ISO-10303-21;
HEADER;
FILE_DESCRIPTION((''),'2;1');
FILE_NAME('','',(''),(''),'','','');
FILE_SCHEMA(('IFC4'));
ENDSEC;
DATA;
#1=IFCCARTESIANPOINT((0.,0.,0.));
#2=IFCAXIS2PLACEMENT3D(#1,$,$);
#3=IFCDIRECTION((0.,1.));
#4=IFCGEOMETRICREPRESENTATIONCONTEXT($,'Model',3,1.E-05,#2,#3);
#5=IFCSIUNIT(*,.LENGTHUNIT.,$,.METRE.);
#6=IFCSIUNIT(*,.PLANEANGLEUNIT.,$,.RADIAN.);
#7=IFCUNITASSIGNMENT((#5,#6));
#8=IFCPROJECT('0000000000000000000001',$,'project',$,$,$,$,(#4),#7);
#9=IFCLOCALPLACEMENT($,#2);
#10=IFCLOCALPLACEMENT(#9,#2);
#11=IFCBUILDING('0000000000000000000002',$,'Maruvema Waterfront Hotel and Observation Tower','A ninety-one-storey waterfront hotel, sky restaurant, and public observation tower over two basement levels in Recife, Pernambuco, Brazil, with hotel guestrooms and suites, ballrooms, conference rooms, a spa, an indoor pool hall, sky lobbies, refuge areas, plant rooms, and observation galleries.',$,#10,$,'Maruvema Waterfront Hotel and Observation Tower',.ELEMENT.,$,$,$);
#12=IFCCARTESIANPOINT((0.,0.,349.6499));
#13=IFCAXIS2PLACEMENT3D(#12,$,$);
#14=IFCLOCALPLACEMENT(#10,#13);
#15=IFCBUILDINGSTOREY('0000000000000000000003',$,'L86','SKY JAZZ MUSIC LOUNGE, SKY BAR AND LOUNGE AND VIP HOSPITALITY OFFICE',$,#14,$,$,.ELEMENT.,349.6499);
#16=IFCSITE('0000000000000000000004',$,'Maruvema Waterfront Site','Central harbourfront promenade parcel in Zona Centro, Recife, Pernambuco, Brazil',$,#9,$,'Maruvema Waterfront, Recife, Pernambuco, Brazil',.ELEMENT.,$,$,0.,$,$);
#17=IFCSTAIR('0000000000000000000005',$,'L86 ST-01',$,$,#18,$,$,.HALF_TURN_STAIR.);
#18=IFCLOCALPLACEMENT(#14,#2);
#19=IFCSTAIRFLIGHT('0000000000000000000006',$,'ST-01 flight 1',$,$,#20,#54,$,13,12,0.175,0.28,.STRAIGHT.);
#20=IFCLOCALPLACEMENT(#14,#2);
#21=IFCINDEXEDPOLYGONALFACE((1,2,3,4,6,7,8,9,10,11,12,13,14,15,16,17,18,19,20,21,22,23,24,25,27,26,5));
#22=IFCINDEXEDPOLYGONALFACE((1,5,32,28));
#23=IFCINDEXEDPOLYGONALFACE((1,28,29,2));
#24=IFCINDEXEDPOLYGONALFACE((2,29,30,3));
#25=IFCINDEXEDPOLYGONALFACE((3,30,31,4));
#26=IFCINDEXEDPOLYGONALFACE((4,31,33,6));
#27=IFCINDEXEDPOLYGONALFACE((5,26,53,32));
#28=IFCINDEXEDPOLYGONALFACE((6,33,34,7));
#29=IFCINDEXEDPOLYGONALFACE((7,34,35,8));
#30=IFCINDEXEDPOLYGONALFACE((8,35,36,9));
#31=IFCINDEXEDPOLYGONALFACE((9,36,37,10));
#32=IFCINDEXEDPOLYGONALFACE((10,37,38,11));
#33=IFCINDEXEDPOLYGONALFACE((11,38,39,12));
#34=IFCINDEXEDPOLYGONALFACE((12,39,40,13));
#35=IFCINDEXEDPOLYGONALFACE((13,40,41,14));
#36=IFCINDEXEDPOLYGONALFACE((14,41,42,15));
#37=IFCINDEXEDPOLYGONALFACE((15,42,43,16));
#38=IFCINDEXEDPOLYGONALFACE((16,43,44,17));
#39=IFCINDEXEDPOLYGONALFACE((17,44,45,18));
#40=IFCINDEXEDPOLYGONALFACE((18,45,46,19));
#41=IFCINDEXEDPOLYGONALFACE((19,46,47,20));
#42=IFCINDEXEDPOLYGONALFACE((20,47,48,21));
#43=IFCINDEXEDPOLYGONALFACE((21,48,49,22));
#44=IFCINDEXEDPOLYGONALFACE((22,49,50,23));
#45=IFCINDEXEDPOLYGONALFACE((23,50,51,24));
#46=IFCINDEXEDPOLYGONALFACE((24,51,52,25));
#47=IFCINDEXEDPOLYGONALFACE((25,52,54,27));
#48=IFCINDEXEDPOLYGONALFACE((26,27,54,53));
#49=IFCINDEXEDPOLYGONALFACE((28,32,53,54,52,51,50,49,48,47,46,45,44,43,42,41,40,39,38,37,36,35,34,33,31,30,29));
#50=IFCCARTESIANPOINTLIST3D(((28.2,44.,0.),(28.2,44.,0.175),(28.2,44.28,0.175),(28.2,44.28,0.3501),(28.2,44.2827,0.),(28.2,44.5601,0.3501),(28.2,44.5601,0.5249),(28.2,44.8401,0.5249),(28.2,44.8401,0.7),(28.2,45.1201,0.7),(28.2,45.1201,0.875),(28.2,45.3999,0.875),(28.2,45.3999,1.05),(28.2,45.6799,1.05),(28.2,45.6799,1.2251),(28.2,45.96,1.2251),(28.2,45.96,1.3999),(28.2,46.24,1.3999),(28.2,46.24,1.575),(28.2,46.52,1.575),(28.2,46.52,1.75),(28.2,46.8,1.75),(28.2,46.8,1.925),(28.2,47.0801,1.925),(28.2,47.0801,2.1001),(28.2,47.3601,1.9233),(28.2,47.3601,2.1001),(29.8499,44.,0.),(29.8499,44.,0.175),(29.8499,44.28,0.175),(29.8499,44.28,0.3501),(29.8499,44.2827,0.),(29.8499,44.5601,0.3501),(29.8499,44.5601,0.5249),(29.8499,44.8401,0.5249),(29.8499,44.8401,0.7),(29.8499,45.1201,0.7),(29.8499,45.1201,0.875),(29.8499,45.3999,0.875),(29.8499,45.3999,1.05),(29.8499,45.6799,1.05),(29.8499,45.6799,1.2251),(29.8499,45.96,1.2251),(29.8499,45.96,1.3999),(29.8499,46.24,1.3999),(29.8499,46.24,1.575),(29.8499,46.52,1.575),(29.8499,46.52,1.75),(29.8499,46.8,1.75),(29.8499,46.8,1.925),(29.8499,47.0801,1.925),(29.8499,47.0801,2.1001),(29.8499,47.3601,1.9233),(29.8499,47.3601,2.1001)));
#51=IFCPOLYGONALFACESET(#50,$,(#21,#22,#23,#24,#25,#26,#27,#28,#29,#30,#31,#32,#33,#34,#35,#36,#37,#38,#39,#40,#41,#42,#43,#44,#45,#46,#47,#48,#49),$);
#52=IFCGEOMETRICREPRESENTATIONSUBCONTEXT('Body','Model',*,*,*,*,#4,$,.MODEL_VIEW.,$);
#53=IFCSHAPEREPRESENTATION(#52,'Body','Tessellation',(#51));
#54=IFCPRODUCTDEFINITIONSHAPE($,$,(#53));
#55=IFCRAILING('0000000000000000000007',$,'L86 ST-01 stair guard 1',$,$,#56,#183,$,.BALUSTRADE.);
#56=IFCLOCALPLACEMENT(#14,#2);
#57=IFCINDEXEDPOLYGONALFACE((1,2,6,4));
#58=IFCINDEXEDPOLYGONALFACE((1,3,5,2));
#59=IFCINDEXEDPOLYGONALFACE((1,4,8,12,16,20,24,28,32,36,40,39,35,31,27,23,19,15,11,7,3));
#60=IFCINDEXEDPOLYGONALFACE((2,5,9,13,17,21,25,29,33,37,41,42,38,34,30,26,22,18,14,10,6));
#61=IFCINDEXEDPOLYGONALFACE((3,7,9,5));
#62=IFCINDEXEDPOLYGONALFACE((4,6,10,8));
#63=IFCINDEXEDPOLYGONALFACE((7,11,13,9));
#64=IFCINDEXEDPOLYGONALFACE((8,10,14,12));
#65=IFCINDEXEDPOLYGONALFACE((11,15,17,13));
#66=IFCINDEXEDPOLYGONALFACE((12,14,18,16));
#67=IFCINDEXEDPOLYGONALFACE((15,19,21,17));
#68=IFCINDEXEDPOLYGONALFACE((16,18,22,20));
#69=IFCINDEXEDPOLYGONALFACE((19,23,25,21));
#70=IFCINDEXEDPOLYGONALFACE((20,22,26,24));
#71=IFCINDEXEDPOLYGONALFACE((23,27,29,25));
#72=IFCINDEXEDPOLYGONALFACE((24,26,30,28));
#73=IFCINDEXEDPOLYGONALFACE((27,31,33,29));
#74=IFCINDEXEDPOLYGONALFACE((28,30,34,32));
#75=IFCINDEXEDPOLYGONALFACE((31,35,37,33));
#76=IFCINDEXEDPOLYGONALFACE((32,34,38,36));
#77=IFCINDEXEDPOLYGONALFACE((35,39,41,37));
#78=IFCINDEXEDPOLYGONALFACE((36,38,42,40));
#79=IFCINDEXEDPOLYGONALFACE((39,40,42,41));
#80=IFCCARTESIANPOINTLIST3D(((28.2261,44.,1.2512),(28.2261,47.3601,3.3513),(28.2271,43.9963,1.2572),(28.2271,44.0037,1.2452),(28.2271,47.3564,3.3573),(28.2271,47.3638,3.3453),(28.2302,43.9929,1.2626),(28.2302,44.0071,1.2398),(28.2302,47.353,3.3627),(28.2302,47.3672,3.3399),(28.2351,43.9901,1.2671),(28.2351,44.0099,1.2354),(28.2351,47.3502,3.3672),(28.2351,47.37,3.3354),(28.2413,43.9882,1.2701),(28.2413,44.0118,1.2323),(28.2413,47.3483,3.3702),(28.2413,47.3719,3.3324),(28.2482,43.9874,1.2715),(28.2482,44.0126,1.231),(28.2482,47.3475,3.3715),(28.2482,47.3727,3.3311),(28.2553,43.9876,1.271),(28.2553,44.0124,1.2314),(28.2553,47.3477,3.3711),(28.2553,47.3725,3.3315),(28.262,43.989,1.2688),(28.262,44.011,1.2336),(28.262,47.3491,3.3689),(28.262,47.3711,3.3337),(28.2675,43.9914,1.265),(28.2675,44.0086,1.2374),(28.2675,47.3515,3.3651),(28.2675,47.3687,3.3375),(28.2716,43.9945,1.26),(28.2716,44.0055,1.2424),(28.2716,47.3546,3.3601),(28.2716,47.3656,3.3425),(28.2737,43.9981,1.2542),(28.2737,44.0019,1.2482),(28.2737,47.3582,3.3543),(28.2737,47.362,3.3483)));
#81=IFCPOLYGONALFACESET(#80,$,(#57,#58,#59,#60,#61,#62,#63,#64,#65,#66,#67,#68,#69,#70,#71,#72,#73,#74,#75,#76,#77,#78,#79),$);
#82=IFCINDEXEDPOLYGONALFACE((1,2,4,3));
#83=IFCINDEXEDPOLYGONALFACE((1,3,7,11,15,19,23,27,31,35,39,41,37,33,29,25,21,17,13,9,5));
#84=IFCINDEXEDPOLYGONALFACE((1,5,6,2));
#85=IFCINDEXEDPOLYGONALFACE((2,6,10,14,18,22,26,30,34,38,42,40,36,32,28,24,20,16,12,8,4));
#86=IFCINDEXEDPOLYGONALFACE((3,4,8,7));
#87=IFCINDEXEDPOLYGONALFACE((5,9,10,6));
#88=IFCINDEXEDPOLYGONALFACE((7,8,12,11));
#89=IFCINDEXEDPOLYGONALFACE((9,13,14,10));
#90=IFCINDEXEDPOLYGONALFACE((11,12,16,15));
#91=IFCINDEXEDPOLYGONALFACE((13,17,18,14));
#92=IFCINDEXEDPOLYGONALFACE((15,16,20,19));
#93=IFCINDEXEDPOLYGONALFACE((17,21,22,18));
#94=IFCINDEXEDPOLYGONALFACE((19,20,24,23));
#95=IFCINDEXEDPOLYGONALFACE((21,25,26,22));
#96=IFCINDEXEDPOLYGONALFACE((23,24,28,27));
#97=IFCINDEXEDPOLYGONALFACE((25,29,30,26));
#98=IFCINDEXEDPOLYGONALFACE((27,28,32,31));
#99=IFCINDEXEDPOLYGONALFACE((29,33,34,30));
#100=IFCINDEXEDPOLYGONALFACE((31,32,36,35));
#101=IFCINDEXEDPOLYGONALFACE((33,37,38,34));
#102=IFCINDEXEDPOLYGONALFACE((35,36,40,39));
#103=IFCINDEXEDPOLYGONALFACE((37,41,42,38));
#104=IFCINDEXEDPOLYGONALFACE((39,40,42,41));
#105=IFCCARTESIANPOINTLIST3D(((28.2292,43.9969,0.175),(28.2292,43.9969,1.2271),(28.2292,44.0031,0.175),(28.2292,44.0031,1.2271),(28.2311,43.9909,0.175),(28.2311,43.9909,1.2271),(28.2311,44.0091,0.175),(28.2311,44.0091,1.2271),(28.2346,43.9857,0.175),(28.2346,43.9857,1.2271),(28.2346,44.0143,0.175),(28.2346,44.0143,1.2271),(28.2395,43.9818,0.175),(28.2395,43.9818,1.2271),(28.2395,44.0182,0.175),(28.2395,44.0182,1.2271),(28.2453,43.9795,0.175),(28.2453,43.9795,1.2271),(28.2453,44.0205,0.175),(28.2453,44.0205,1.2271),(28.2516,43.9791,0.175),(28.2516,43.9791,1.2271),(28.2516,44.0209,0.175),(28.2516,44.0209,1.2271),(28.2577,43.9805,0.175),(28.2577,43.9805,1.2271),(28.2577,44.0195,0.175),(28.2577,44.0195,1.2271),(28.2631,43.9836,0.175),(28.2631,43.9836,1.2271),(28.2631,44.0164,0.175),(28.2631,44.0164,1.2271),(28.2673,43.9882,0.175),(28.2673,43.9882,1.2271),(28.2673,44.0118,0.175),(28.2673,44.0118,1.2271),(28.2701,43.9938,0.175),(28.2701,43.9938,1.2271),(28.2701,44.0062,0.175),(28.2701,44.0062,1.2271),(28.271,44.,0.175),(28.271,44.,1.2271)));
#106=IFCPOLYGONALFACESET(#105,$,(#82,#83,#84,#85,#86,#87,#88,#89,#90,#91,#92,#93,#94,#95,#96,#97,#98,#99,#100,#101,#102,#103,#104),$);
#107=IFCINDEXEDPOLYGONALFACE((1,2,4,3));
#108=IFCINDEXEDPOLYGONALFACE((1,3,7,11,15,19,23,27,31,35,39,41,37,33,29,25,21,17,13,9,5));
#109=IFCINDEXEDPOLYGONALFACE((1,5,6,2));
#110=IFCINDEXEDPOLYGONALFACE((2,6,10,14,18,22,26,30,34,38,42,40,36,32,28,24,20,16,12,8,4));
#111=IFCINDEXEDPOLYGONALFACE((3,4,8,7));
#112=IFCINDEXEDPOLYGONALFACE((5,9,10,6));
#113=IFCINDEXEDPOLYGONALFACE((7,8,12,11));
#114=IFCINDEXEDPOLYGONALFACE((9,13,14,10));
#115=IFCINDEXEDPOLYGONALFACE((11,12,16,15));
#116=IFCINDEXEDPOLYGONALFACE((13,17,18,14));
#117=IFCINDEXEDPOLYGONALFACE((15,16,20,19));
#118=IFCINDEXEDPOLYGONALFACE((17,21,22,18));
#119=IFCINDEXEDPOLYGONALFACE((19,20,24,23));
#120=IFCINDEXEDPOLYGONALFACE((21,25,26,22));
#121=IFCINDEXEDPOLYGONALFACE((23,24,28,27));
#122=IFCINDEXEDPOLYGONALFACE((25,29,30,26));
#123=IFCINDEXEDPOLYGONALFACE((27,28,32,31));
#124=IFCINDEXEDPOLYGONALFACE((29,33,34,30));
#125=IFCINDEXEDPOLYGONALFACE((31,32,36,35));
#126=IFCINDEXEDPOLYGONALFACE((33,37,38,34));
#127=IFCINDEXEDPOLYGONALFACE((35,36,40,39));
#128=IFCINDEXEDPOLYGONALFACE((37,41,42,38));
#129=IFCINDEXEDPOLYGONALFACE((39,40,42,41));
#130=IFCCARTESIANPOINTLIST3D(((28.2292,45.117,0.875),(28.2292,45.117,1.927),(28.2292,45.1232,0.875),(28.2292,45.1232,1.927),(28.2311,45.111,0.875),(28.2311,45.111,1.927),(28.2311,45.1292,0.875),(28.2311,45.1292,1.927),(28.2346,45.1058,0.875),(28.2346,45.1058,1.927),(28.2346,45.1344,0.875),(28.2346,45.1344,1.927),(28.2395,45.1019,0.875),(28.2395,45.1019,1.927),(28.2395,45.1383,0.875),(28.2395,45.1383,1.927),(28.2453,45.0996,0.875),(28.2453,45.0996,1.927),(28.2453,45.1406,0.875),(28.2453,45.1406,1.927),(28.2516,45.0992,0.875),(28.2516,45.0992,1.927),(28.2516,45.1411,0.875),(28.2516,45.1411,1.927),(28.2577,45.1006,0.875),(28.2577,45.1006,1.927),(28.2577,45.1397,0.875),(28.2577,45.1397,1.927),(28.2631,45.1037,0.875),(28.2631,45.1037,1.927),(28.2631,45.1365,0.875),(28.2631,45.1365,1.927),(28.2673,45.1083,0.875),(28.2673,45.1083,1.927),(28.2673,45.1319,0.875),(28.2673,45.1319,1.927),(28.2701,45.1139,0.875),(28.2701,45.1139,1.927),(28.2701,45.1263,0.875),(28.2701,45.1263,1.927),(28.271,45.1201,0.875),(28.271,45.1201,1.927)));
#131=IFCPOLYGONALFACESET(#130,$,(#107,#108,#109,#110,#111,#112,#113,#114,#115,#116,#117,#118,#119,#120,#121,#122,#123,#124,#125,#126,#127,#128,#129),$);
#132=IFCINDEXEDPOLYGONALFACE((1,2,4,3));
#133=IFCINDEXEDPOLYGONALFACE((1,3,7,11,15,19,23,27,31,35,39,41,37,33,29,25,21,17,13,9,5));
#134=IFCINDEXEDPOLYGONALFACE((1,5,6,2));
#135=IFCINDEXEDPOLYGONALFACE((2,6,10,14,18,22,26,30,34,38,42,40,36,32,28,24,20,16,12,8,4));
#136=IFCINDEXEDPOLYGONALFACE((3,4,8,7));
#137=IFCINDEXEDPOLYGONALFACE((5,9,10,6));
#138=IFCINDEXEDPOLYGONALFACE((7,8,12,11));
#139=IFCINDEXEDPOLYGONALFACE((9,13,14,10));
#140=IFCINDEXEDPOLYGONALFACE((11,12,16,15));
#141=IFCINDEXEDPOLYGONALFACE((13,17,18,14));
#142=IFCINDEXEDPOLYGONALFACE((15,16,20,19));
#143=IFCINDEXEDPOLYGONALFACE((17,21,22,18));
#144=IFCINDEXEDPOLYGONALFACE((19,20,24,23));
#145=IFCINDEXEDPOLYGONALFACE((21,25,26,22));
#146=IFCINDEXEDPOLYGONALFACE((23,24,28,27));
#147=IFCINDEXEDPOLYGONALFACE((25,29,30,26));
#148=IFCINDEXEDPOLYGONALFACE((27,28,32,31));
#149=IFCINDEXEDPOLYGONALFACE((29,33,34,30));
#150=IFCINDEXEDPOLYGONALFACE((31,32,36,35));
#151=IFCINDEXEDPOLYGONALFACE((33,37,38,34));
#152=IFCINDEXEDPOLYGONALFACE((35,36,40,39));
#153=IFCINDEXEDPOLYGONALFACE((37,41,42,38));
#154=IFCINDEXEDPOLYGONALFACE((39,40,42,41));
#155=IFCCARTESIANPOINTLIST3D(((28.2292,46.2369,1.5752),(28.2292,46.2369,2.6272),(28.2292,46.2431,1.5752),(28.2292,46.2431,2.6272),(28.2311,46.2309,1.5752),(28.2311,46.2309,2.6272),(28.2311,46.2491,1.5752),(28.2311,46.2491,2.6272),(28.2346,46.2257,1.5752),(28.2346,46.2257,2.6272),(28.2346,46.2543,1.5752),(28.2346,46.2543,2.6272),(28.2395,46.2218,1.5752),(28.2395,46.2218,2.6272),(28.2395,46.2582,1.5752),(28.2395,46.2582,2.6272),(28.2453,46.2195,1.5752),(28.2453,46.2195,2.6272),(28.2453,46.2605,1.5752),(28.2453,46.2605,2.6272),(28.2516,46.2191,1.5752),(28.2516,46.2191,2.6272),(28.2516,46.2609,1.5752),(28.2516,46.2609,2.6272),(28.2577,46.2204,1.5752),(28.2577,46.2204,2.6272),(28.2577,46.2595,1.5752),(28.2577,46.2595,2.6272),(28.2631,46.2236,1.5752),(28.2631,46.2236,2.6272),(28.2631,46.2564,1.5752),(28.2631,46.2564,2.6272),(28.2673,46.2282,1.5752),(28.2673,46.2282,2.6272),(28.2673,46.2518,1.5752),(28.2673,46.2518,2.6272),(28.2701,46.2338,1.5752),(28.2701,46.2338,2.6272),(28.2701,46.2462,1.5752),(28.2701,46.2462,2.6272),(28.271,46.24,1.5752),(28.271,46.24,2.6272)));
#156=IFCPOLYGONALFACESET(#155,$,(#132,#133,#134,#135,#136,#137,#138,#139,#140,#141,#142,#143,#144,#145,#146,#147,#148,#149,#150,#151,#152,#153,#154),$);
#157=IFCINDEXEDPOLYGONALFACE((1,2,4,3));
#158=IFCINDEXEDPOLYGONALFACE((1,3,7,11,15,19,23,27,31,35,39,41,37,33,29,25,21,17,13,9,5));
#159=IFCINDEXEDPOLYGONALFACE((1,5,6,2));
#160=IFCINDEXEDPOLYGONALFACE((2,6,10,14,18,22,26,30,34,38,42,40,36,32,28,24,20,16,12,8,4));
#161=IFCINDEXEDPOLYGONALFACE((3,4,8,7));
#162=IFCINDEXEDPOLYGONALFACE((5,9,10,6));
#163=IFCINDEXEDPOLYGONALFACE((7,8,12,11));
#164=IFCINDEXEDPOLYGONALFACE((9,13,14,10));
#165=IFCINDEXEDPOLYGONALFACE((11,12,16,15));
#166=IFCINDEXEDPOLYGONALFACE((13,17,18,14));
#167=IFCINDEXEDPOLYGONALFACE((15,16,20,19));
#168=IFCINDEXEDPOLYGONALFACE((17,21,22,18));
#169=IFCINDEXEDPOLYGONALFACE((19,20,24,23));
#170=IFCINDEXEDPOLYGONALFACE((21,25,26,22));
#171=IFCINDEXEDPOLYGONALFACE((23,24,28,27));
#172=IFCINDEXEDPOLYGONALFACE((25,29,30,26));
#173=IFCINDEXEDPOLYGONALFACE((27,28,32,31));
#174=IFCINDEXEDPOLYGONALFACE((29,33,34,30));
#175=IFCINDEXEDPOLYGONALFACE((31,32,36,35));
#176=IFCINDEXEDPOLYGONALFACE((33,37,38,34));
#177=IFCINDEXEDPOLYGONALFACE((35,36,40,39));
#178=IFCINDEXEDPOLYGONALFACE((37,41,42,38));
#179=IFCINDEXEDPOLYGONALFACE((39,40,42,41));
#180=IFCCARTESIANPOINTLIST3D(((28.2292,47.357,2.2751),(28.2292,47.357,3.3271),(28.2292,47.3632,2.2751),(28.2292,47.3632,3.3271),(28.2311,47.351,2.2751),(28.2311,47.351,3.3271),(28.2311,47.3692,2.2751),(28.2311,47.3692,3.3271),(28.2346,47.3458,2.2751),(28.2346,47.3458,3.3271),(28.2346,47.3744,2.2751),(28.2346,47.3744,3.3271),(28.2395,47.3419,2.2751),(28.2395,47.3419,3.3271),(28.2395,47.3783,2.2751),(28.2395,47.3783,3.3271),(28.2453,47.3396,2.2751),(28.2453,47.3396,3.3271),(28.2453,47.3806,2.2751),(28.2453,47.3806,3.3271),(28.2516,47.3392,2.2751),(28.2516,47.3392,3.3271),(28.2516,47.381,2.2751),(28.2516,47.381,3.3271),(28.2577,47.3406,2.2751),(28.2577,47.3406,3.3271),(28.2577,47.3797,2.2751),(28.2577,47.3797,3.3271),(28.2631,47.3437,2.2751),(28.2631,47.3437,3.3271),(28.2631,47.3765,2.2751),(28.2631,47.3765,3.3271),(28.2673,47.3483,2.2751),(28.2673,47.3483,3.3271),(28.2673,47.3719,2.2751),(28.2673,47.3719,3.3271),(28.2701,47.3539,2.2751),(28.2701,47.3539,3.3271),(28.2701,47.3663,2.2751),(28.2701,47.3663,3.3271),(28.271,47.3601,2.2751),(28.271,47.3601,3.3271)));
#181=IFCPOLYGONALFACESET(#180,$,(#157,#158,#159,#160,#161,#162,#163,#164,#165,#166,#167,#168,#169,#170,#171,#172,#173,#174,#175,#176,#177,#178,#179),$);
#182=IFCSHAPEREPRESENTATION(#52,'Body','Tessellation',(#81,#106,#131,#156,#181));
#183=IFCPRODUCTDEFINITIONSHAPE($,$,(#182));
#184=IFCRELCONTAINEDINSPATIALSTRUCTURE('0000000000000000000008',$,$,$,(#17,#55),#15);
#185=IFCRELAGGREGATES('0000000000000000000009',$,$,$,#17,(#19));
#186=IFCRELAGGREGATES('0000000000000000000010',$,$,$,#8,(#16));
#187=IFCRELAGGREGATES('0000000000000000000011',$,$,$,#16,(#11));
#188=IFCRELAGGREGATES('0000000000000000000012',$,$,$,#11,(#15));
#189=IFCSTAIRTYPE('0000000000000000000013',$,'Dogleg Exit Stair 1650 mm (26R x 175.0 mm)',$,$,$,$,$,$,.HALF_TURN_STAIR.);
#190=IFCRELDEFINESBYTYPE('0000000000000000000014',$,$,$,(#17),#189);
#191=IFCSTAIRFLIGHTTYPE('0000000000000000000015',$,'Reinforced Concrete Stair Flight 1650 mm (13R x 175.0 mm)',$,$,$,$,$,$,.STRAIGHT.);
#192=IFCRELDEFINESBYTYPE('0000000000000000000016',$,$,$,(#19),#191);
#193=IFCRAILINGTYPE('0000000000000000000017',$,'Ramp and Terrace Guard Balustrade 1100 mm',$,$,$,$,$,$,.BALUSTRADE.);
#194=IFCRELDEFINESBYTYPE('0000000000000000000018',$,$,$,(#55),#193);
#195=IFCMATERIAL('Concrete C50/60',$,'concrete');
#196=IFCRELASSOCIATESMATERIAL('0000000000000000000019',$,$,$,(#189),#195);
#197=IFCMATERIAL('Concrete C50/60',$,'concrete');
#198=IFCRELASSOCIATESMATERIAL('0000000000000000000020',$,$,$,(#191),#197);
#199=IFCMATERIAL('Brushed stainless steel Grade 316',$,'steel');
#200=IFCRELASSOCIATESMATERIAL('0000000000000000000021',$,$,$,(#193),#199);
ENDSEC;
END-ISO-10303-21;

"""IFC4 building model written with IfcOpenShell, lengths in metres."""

from ifc_helpers import new_model, si_unit, direction, frame, origin, origin_2d, place, context, subcontext, project, spatial, polyline, circle, outline, extrude, material, type_object, element, aggregate, save


model = new_model("IFC4")

# Units and contexts
model_context = context("Model", 3, precision=1e-05, world=origin(), true_north=direction((0.0, 1.0)))
body_context = subcontext(model_context, "Body", "Model", "MODEL_VIEW")
ifc_project = project(units=[si_unit("LENGTHUNIT", "METRE"), si_unit("PLANEANGLEUNIT", "RADIAN")], contexts=[model_context])

# Site, building, storey
site_placement = place(None, origin())
site = spatial("IfcSite", under=ifc_project, at=site_placement, Name="Maruvema Waterfront Site", Description="Central harbourfront promenade parcel in Zona Centro, Recife, Pernambuco, Brazil", LongName="Maruvema Waterfront, Recife, Pernambuco, Brazil", CompositionType="ELEMENT", RefElevation=0.0)
building_placement = place(site_placement, origin())
building = spatial("IfcBuilding", under=site, at=building_placement, Name="Maruvema Waterfront Hotel and Observation Tower", Description="A ninety-one-storey waterfront hotel, sky restaurant, and public observation tower over two basement levels in Recife, Pernambuco, Brazil, with hotel guestrooms and suites, ballrooms, conference rooms, a spa, an indoor pool hall, sky lobbies, refuge areas, plant rooms, and observation galleries.", LongName="Maruvema Waterfront Hotel and Observation Tower", CompositionType="ELEMENT")
storey_placement = place(building_placement, frame((0.0, 0.0, 349.6499)))
storey = spatial("IfcBuildingStorey", under=building, at=storey_placement, Name="L86", Description="SKY JAZZ MUSIC LOUNGE, SKY BAR AND LOUNGE AND VIP HOSPITALITY OFFICE", CompositionType="ELEMENT", Elevation=349.6499)

# Stair, stair flight
ifc_material_1 = material(Name="Concrete C50/60", Category="concrete")
stair_type = type_object("IfcStairType", Name="Dogleg Exit Stair 1650 mm (26R x 175.0 mm)", PredefinedType="HALF_TURN_STAIR", material=ifc_material_1)
stair_placement = place(storey_placement, origin())
stair = element("IfcStair", 1, at=stair_placement, inside=storey, type_object=stair_type, Name="L86 ST-01", PredefinedType="HALF_TURN_STAIR")
ifc_material_2 = material(Name="Concrete C50/60", Category="concrete")
stair_flight_type = type_object("IfcStairFlightType", Name="Reinforced Concrete Stair Flight 1650 mm (13R x 175.0 mm)", PredefinedType="STRAIGHT", material=ifc_material_2)
stair_flight_placement = place(storey_placement, frame((29.0249, 44.0, 0.0), z_axis=(0.0, 0.0, 1.0), x_axis=(0.0, 1.0, 0.0)))
stair_flight = element("IfcStairFlight", 2, at=stair_flight_placement, type_object=stair_flight_type, Name="ST-01 flight 1", NumberOfRisers=13, NumberOfTreads=12, PredefinedType="STRAIGHT", RiserHeight=0.175, TreadLength=0.28, context=body_context, shape_type="SweptSolid", body=[
    extrude(outline(polyline([(0.0, 0.0), (0.0, 0.175), (0.28, 0.175), (0.28, 0.3501), (0.5601, 0.3501), (0.5601, 0.5249), (0.8401, 0.5249), (0.8401, 0.7), (1.1201, 0.7), (1.1201, 0.875), (1.3999, 0.875), (1.3999, 1.05), (1.6799, 1.05), (1.6799, 1.2251), (1.96, 1.2251), (1.96, 1.3999), (2.24, 1.3999), (2.24, 1.575), (2.52, 1.575), (2.52, 1.75), (2.8, 1.75), (2.8, 1.925), (3.0801, 1.925), (3.0801, 2.1001), (3.3601, 2.1001), (3.3601, 2.2749), (3.3601, 1.9233), (0.2827, 0.0), (0.0, 0.0)])), frame((0.0, 0.825, 0.0), z_axis=(0.0, -1.0, 0.0), x_axis=(1.0, 0.0, 0.0)), (0.0, 0.0, 1.0), 1.6499),
])
aggregate(stair, [stair_flight])

# Railing
ifc_material_3 = material(Name="Brushed stainless steel Grade 316", Category="steel")
railing_type = type_object("IfcRailingType", Name="Ramp and Terrace Guard Balustrade 1100 mm", PredefinedType="BALUSTRADE", material=ifc_material_3)
railing_1_placement = place(storey_placement, frame((28.25, 44.0, 0.175)))
element("IfcRailing", 3, at=railing_1_placement, inside=storey, type_object=railing_type, Name="L86 ST-01 stair guard 1", PredefinedType="BALUSTRADE", context=body_context, shape_type="SweptSolid", body=[
    extrude(circle(Radius=0.0239, at=origin_2d()), frame((0.0, 0.0, 1.0762), z_axis=(0.0, 0.847995, 0.530004), x_axis=(-1.0, 0.0, 0.0)), (0.0, 0.0, 1.0), 3.9624),
    extrude(circle(Radius=0.021, at=origin_2d()), origin(), (0.0, 0.0, 1.0), 1.052),
    extrude(circle(Radius=0.021, at=origin_2d()), frame((0.0, 1.1201, 0.7)), (0.0, 0.0, 1.0), 1.052),
    extrude(circle(Radius=0.021, at=origin_2d()), frame((0.0, 2.24, 1.4001)), (0.0, 0.0, 1.0), 1.052),
    extrude(circle(Radius=0.021, at=origin_2d()), frame((0.0, 3.3601, 2.1001)), (0.0, 0.0, 1.0), 1.052),
])

save(model, "model.ifc")
